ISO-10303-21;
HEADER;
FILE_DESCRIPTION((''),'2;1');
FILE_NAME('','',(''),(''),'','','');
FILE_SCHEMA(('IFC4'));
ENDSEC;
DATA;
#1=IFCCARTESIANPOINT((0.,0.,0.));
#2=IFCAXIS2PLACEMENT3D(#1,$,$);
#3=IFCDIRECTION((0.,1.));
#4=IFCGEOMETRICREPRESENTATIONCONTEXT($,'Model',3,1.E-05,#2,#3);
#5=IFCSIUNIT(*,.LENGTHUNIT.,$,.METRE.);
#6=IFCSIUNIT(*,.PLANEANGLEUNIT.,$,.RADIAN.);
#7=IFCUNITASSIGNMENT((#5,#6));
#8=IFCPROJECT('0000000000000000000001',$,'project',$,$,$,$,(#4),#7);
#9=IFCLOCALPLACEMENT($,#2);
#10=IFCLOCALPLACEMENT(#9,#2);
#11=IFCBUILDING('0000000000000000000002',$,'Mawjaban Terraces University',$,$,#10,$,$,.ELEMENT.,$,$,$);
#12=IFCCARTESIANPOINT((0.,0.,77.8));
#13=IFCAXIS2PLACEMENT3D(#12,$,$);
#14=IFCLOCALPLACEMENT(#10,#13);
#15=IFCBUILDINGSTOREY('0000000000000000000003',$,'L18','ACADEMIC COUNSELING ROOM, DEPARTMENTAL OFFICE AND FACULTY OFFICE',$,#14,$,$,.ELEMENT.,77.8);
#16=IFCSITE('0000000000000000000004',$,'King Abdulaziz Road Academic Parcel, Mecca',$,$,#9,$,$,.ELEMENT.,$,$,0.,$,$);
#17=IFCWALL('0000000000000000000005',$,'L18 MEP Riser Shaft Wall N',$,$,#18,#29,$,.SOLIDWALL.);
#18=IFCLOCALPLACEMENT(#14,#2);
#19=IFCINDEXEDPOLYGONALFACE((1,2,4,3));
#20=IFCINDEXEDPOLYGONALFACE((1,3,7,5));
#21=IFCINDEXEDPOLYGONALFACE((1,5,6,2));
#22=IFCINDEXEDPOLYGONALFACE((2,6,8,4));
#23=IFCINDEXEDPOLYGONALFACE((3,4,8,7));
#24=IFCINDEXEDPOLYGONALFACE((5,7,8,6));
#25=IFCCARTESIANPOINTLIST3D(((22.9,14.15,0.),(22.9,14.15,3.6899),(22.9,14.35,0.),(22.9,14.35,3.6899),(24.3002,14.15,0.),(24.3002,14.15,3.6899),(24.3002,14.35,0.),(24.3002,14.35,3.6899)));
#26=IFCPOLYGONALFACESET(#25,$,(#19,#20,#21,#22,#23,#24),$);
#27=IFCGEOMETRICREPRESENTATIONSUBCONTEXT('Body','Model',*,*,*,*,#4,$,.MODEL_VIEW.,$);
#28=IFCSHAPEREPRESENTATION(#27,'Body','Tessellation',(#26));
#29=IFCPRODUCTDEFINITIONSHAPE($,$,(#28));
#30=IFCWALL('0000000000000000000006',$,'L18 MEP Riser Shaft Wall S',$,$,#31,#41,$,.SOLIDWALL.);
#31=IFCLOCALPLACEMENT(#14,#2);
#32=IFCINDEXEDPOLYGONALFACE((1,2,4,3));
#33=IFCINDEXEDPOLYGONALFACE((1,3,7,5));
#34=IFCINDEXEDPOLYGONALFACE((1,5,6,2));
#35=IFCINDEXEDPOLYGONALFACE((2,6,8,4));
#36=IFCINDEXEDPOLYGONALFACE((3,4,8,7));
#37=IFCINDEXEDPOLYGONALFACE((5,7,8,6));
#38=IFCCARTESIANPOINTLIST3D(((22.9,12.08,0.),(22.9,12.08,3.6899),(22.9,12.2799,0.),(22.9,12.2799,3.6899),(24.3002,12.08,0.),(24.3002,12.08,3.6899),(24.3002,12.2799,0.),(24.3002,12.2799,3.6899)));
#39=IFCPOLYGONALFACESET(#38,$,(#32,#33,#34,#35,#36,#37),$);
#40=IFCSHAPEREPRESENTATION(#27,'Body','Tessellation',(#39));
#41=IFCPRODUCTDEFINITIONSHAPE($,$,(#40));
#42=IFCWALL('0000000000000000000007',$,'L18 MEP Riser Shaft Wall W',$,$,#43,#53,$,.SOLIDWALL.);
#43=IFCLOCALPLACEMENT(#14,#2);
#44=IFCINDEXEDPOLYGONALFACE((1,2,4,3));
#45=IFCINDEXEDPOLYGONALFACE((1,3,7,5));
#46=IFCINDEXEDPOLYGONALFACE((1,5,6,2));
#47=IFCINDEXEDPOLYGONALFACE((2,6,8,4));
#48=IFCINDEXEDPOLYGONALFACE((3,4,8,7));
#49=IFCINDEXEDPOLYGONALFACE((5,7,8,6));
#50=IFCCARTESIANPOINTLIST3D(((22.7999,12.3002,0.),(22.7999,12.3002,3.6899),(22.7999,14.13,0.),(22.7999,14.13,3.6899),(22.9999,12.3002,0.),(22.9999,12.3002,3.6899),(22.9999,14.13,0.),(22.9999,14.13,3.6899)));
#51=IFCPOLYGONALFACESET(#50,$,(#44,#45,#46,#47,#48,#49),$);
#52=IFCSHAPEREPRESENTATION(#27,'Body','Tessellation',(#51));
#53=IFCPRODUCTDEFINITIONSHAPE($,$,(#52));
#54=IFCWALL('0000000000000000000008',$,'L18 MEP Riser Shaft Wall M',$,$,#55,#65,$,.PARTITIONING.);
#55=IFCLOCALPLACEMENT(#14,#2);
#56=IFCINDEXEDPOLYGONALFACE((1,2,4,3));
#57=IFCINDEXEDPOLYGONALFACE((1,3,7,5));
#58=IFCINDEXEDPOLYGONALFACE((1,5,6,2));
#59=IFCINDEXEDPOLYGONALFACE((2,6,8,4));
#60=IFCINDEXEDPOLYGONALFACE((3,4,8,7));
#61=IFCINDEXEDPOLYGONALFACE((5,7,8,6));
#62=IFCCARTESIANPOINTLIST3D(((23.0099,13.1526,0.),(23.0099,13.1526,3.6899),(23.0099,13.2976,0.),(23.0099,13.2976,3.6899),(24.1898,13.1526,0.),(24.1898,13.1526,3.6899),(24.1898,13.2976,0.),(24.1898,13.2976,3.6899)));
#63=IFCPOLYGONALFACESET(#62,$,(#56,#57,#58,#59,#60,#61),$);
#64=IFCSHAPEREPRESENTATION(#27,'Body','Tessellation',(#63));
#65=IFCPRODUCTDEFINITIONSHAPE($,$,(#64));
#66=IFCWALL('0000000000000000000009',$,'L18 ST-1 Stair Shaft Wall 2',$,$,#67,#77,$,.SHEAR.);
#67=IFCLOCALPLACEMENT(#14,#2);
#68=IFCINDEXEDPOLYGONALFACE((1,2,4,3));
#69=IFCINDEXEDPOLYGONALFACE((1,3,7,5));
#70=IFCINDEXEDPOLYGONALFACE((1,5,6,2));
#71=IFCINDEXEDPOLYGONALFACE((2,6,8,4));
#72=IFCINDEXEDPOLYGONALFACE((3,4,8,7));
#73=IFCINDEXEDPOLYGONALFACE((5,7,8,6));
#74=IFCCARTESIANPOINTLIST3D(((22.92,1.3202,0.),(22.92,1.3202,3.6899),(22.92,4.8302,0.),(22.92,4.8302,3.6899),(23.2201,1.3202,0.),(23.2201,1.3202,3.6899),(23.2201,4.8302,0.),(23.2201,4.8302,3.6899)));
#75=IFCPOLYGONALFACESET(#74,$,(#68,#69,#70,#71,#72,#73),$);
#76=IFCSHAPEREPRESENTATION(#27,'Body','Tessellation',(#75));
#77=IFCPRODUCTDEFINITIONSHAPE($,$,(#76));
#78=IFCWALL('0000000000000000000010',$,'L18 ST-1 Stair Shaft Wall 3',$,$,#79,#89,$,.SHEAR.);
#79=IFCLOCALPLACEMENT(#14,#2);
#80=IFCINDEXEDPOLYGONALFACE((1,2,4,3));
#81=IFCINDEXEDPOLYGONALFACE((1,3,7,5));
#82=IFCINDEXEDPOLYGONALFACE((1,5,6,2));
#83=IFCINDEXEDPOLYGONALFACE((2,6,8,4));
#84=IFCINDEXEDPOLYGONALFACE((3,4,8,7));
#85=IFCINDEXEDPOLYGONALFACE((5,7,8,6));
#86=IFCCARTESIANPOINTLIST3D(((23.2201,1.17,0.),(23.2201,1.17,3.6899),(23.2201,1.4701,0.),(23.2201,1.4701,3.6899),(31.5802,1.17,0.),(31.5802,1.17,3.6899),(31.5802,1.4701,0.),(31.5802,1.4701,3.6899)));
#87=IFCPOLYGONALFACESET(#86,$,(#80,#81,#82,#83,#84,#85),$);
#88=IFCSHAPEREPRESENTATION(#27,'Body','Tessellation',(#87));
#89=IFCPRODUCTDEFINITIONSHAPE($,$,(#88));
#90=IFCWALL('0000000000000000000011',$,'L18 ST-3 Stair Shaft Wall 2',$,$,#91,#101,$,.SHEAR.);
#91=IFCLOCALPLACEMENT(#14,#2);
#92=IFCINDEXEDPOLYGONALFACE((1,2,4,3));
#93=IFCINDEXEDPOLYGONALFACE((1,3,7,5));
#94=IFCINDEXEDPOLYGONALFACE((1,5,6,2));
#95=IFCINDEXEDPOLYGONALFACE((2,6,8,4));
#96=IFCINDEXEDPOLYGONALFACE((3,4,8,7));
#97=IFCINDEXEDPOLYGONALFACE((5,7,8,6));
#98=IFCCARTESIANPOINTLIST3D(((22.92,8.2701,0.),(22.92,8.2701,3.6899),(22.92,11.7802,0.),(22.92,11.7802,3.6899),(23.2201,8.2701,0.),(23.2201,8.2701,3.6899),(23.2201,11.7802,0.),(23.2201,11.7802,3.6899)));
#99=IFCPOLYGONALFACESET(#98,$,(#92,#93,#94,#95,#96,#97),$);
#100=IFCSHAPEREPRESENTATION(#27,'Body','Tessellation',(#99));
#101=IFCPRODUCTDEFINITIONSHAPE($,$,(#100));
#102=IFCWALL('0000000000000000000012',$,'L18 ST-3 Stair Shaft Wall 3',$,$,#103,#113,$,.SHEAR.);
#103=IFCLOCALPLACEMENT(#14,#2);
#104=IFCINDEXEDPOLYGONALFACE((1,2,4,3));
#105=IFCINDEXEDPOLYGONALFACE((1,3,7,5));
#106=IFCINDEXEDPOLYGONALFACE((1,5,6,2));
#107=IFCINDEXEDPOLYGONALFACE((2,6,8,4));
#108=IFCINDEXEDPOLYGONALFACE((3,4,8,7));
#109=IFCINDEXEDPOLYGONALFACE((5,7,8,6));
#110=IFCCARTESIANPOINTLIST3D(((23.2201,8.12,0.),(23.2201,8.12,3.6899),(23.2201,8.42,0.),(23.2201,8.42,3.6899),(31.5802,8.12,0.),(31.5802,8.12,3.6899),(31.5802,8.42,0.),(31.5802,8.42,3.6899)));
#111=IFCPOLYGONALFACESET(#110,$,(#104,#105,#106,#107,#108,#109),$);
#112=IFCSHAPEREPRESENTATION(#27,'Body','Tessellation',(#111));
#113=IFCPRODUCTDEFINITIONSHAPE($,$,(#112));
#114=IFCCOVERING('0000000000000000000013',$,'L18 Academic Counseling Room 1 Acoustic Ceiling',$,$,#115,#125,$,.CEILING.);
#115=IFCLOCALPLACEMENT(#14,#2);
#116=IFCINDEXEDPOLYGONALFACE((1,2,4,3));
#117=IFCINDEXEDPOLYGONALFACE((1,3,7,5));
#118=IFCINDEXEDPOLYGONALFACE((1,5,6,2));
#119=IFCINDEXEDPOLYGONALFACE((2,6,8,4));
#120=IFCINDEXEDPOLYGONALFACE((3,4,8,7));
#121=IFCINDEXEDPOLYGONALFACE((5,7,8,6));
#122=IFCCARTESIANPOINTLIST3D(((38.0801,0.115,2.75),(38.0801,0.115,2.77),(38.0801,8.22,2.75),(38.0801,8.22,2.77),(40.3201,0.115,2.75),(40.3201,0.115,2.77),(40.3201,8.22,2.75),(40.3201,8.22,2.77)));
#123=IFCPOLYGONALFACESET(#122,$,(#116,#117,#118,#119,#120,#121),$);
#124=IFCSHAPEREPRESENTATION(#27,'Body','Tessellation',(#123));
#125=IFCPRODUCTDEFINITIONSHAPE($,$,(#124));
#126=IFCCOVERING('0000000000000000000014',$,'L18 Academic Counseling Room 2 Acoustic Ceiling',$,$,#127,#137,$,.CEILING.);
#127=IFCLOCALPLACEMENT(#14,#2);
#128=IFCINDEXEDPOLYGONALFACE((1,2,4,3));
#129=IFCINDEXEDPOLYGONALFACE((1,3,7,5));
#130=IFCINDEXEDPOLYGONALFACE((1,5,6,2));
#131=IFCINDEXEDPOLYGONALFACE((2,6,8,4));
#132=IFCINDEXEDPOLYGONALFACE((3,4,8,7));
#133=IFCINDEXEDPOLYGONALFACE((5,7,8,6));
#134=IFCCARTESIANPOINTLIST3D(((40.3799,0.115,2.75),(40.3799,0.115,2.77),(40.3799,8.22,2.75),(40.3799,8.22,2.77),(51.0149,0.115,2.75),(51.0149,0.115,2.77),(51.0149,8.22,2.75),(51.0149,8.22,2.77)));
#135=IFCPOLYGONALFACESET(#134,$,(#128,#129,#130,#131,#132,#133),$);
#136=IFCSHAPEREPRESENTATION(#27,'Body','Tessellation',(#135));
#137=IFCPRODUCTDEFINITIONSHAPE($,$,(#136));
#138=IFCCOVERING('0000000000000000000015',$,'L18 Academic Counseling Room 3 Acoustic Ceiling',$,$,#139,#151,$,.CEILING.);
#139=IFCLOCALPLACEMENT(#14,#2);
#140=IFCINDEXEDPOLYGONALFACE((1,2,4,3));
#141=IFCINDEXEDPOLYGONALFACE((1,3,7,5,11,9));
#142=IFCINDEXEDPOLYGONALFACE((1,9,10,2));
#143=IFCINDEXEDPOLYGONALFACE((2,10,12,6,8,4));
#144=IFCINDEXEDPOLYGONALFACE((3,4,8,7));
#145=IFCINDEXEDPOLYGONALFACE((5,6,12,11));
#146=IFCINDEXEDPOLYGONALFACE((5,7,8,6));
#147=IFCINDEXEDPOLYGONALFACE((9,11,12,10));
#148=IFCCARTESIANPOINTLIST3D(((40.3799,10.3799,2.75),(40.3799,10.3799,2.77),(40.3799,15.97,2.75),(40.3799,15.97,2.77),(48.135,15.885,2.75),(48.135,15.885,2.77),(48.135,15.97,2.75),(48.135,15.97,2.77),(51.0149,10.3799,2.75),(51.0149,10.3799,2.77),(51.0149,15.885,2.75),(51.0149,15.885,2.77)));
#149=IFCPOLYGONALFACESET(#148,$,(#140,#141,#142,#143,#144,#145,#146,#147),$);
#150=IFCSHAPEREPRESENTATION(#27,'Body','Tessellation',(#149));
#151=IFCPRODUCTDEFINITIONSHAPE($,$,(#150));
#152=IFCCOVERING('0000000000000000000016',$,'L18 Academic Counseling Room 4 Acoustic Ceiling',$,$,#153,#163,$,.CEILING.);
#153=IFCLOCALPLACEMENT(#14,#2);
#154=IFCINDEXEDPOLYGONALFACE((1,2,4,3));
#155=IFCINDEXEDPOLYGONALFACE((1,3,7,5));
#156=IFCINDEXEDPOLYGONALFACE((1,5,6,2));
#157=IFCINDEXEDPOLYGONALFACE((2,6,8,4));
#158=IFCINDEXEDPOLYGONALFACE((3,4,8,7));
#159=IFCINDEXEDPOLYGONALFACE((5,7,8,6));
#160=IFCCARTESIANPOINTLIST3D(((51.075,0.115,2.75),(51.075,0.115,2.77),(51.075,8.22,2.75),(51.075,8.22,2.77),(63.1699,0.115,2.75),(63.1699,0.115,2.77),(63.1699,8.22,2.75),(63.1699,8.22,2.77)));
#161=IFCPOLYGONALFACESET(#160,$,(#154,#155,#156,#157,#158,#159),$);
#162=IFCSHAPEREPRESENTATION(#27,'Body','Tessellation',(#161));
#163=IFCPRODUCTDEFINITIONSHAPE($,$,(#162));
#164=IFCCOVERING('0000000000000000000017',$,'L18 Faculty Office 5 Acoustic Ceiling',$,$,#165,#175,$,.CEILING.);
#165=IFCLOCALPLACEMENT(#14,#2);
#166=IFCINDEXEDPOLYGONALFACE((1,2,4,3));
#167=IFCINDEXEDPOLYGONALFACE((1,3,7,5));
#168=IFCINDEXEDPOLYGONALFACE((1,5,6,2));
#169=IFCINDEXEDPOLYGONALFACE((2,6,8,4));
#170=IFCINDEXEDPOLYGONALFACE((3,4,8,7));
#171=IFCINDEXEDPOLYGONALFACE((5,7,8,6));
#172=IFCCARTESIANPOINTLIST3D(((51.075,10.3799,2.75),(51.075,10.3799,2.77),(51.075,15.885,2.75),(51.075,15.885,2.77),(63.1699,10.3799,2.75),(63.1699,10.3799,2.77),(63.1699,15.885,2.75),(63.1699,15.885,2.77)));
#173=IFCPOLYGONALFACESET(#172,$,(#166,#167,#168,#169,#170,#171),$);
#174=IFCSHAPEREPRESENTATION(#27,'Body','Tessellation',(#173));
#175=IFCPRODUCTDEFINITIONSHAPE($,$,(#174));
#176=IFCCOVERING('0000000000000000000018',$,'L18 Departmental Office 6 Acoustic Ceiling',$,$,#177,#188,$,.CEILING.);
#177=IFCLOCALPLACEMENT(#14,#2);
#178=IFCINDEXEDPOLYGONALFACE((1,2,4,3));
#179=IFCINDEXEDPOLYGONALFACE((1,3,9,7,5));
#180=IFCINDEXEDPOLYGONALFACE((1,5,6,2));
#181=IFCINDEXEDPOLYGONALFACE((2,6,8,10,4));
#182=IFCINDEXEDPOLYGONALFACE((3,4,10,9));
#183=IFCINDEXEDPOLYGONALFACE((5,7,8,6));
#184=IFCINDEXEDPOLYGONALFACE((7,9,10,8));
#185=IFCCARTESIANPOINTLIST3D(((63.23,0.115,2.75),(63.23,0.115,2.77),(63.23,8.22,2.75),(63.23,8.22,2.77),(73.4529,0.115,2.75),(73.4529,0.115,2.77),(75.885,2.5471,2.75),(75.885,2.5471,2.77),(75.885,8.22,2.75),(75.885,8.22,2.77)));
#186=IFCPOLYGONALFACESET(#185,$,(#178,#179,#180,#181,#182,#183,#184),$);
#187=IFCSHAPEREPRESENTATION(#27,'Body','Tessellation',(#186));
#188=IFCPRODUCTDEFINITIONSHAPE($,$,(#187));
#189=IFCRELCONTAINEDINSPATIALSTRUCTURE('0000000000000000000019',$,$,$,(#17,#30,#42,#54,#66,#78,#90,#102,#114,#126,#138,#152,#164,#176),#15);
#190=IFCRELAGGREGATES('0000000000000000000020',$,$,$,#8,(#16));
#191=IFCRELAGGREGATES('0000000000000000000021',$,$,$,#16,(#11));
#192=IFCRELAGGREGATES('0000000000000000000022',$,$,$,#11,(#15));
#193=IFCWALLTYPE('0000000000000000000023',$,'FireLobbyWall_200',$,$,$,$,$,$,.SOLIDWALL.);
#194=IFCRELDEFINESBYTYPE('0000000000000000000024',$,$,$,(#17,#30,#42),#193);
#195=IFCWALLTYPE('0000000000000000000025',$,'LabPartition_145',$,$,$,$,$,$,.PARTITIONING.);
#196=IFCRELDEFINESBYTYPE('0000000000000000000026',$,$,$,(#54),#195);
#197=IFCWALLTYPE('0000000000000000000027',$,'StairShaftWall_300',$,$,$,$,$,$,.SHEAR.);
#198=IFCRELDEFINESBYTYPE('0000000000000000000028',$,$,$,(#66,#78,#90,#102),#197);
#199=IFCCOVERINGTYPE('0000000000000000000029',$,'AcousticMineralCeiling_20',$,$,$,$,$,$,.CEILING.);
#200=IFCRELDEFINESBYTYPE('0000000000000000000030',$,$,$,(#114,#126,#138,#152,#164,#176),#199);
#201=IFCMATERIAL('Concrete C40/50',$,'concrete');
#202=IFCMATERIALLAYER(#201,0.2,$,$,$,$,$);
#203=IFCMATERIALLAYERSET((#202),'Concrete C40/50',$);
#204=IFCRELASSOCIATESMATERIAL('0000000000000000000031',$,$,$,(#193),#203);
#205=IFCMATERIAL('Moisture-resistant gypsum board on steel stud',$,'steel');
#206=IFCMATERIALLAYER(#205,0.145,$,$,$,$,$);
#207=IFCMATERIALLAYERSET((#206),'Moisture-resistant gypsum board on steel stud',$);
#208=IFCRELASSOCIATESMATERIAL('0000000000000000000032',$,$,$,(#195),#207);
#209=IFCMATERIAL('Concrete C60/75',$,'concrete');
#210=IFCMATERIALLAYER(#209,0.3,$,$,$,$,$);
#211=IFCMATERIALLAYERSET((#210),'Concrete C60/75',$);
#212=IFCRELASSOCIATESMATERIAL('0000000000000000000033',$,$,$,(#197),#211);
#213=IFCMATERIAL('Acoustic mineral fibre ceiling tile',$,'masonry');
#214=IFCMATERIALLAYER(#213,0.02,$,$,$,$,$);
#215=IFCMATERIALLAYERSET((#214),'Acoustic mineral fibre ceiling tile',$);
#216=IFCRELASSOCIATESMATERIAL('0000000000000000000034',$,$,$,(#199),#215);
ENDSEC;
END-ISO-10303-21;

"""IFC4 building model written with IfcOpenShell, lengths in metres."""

from ifc_helpers import new_model, si_unit, direction, frame, frame_2d, origin, place, context, subcontext, project, spatial, polyline, rectangle, outline, extrude, material, layer, layer_set, type_object, element, save


model = new_model("IFC4")

# Units and contexts
model_context = context("Model", 3, precision=1e-05, world=origin(), true_north=direction((0.0, 1.0)))
body_context = subcontext(model_context, "Body", "Model", "MODEL_VIEW")
ifc_project = project(units=[si_unit("LENGTHUNIT", "METRE"), si_unit("PLANEANGLEUNIT", "RADIAN")], contexts=[model_context])

# Site, building, storey
site_placement = place(None, origin())
site = spatial("IfcSite", under=ifc_project, at=site_placement, Name="King Abdulaziz Road Academic Parcel, Mecca", CompositionType="ELEMENT", RefElevation=0.0)
building_placement = place(site_placement, origin())
building = spatial("IfcBuilding", under=site, at=building_placement, Name="Mawjaban Terraces University", CompositionType="ELEMENT")
storey_placement = place(building_placement, frame((0.0, 0.0, 77.8)))
storey = spatial("IfcBuildingStorey", under=building, at=storey_placement, Name="L18", Description="ACADEMIC COUNSELING ROOM, DEPARTMENTAL OFFICE AND FACULTY OFFICE", CompositionType="ELEMENT", Elevation=77.8)

# Shared definitions
ifc_material_1 = material(Name="Concrete C40/50", Category="concrete")

# Walls
ifc_layer_1 = layer(ifc_material_1, 0.2)
ifc_layer_set_1 = layer_set([ifc_layer_1], Name="Concrete C40/50")
wall_type_1 = type_object("IfcWallType", Name="FireLobbyWall_200", PredefinedType="SOLIDWALL", material=ifc_layer_set_1)
for number, where, z_axis, x_axis, name in (
    (1, (22.8999, 14.25, 0.0), (0.0, 0.0, 1.0), (1.0, 0.0, 0.0), "L18 MEP Riser Shaft Wall N"),
    (2, (22.8999, 12.1799, 0.0), (0.0, 0.0, 1.0), (1.0, 0.0, 0.0), "L18 MEP Riser Shaft Wall S"),
):
    element("IfcWall", number, at=place(storey_placement, frame(where, z_axis=z_axis, x_axis=x_axis)), inside=storey, type_object=wall_type_1, Name=name, PredefinedType="SOLIDWALL", context=body_context, shape_type="SweptSolid", body=[
        extrude(rectangle(XDim=1.4001, YDim=0.2, at=frame_2d((0.7002, 0.0))), origin(), (0.0, 0.0, 1.0), 3.6899),
    ])
wall_1_placement = place(storey_placement, frame((22.8999, 12.3, 0.0), z_axis=(0.0, 0.0, 1.0), x_axis=(0.0, 1.0, 0.0)))
element("IfcWall", 3, at=wall_1_placement, inside=storey, type_object=wall_type_1, Name="L18 MEP Riser Shaft Wall W", PredefinedType="SOLIDWALL", context=body_context, shape_type="SweptSolid", body=[
    extrude(rectangle(XDim=1.8298, YDim=0.2, at=frame_2d((0.915, 0.0))), origin(), (0.0, 0.0, 1.0), 3.6899),
])
ifc_material_2 = material(Name="Moisture-resistant gypsum board on steel stud", Category="steel")
ifc_layer_2 = layer(ifc_material_2, 0.145)
ifc_layer_set_2 = layer_set([ifc_layer_2], Name="Moisture-resistant gypsum board on steel stud")
wall_type_2 = type_object("IfcWallType", Name="LabPartition_145", PredefinedType="PARTITIONING", material=ifc_layer_set_2)
wall_2_placement = place(storey_placement, frame((23.01, 13.2251, 0.0), z_axis=(0.0, 0.0, 1.0), x_axis=(1.0, 0.0, 0.0)))
element("IfcWall", 4, at=wall_2_placement, inside=storey, type_object=wall_type_2, Name="L18 MEP Riser Shaft Wall M", PredefinedType="PARTITIONING", context=body_context, shape_type="SweptSolid", body=[
    extrude(rectangle(XDim=1.1799, YDim=0.145, at=frame_2d((0.5898, 0.0))), origin(), (0.0, 0.0, 1.0), 3.6899),
])
ifc_material_3 = material(Name="Concrete C60/75", Category="concrete")
ifc_layer_3 = layer(ifc_material_3, 0.3)
ifc_layer_set_3 = layer_set([ifc_layer_3], Name="Concrete C60/75")
wall_type_3 = type_object("IfcWallType", Name="StairShaftWall_300", PredefinedType="SHEAR", material=ifc_layer_set_3)
wall_3_placement = place(storey_placement, frame((23.0701, 4.8301, 0.0), z_axis=(0.0, 0.0, 1.0), x_axis=(0.0, -1.0, 0.0)))
element("IfcWall", 5, at=wall_3_placement, inside=storey, type_object=wall_type_3, Name="L18 ST-1 Stair Shaft Wall 2", PredefinedType="SHEAR", context=body_context, shape_type="SweptSolid", body=[
    extrude(rectangle(XDim=3.51, YDim=0.3, at=frame_2d((1.7549, 0.0))), origin(), (0.0, 0.0, 1.0), 3.6899),
])
wall_4_placement = place(storey_placement, frame((23.22, 1.3201, 0.0), z_axis=(0.0, 0.0, 1.0), x_axis=(1.0, 0.0, 0.0)))
element("IfcWall", 6, at=wall_4_placement, inside=storey, type_object=wall_type_3, Name="L18 ST-1 Stair Shaft Wall 3", PredefinedType="SHEAR", context=body_context, shape_type="SweptSolid", body=[
    extrude(rectangle(XDim=8.3601, YDim=0.3, at=frame_2d((4.1802, 0.0))), origin(), (0.0, 0.0, 1.0), 3.6899),
])
wall_5_placement = place(storey_placement, frame((23.0701, 11.78, 0.0), z_axis=(0.0, 0.0, 1.0), x_axis=(0.0, -1.0, 0.0)))
element("IfcWall", 7, at=wall_5_placement, inside=storey, type_object=wall_type_3, Name="L18 ST-3 Stair Shaft Wall 2", PredefinedType="SHEAR", context=body_context, shape_type="SweptSolid", body=[
    extrude(rectangle(XDim=3.51, YDim=0.3, at=frame_2d((1.7549, 0.0))), origin(), (0.0, 0.0, 1.0), 3.6899),
])
wall_6_placement = place(storey_placement, frame((23.22, 8.27, 0.0), z_axis=(0.0, 0.0, 1.0), x_axis=(1.0, 0.0, 0.0)))
element("IfcWall", 8, at=wall_6_placement, inside=storey, type_object=wall_type_3, Name="L18 ST-3 Stair Shaft Wall 3", PredefinedType="SHEAR", context=body_context, shape_type="SweptSolid", body=[
    extrude(rectangle(XDim=8.3601, YDim=0.3, at=frame_2d((4.1802, 0.0))), origin(), (0.0, 0.0, 1.0), 3.6899),
])

# Coverings
ifc_material_4 = material(Name="Acoustic mineral fibre ceiling tile", Category="masonry")
ifc_layer_4 = layer(ifc_material_4, 0.02)
ifc_layer_set_4 = layer_set([ifc_layer_4], Name="Acoustic mineral fibre ceiling tile")
covering_type_1 = type_object("IfcCoveringType", Name="AcousticMineralCeiling_20", PredefinedType="CEILING", material=ifc_layer_set_4)
covering_1_placement = place(storey_placement, frame((0.0, 0.0, 2.75)))
element("IfcCovering", 9, at=covering_1_placement, inside=storey, type_object=covering_type_1, Name="L18 Academic Counseling Room 1 Acoustic Ceiling", PredefinedType="CEILING", context=body_context, shape_type="SweptSolid", body=[
    extrude(outline(polyline([(38.0801, 0.115), (40.3201, 0.115), (40.3201, 8.22), (38.0801, 8.22), (38.0801, 0.115)])), origin(), (0.0, 0.0, 1.0), 0.02),
])
covering_2_placement = place(storey_placement, frame((0.0, 0.0, 2.75)))
element("IfcCovering", 10, at=covering_2_placement, inside=storey, type_object=covering_type_1, Name="L18 Academic Counseling Room 2 Acoustic Ceiling", PredefinedType="CEILING", context=body_context, shape_type="SweptSolid", body=[
    extrude(outline(polyline([(40.3799, 0.115), (51.0149, 0.115), (51.0149, 8.22), (40.3799, 8.22), (40.3799, 0.115)])), origin(), (0.0, 0.0, 1.0), 0.02),
])
covering_3_placement = place(storey_placement, frame((0.0, 0.0, 2.75)))
element("IfcCovering", 11, at=covering_3_placement, inside=storey, type_object=covering_type_1, Name="L18 Academic Counseling Room 3 Acoustic Ceiling", PredefinedType="CEILING", context=body_context, shape_type="SweptSolid", body=[
    extrude(outline(polyline([(51.0149, 15.885), (48.135, 15.885), (48.135, 15.97), (40.3799, 15.97), (40.3799, 10.3799), (51.0149, 10.3799), (51.0149, 15.885)])), origin(), (0.0, 0.0, 1.0), 0.02),
])
covering_4_placement = place(storey_placement, frame((0.0, 0.0, 2.75)))
element("IfcCovering", 12, at=covering_4_placement, inside=storey, type_object=covering_type_1, Name="L18 Academic Counseling Room 4 Acoustic Ceiling", PredefinedType="CEILING", context=body_context, shape_type="SweptSolid", body=[
    extrude(outline(polyline([(51.075, 0.115), (63.1699, 0.115), (63.1699, 8.22), (51.075, 8.22), (51.075, 0.115)])), origin(), (0.0, 0.0, 1.0), 0.02),
])
covering_5_placement = place(storey_placement, frame((0.0, 0.0, 2.75)))
element("IfcCovering", 13, at=covering_5_placement, inside=storey, type_object=covering_type_1, Name="L18 Faculty Office 5 Acoustic Ceiling", PredefinedType="CEILING", context=body_context, shape_type="SweptSolid", body=[
    extrude(outline(polyline([(63.1699, 15.885), (51.075, 15.885), (51.075, 10.3799), (63.1699, 10.3799), (63.1699, 15.885)])), origin(), (0.0, 0.0, 1.0), 0.02),
])
covering_6_placement = place(storey_placement, frame((0.0, 0.0, 2.75)))
element("IfcCovering", 14, at=covering_6_placement, inside=storey, type_object=covering_type_1, Name="L18 Departmental Office 6 Acoustic Ceiling", PredefinedType="CEILING", context=body_context, shape_type="SweptSolid", body=[
    extrude(outline(polyline([(63.23, 0.115), (73.4529, 0.115), (75.885, 2.5471), (75.885, 8.22), (63.23, 8.22), (63.23, 0.115)])), origin(), (0.0, 0.0, 1.0), 0.02),
])

save(model, "model.ifc")
